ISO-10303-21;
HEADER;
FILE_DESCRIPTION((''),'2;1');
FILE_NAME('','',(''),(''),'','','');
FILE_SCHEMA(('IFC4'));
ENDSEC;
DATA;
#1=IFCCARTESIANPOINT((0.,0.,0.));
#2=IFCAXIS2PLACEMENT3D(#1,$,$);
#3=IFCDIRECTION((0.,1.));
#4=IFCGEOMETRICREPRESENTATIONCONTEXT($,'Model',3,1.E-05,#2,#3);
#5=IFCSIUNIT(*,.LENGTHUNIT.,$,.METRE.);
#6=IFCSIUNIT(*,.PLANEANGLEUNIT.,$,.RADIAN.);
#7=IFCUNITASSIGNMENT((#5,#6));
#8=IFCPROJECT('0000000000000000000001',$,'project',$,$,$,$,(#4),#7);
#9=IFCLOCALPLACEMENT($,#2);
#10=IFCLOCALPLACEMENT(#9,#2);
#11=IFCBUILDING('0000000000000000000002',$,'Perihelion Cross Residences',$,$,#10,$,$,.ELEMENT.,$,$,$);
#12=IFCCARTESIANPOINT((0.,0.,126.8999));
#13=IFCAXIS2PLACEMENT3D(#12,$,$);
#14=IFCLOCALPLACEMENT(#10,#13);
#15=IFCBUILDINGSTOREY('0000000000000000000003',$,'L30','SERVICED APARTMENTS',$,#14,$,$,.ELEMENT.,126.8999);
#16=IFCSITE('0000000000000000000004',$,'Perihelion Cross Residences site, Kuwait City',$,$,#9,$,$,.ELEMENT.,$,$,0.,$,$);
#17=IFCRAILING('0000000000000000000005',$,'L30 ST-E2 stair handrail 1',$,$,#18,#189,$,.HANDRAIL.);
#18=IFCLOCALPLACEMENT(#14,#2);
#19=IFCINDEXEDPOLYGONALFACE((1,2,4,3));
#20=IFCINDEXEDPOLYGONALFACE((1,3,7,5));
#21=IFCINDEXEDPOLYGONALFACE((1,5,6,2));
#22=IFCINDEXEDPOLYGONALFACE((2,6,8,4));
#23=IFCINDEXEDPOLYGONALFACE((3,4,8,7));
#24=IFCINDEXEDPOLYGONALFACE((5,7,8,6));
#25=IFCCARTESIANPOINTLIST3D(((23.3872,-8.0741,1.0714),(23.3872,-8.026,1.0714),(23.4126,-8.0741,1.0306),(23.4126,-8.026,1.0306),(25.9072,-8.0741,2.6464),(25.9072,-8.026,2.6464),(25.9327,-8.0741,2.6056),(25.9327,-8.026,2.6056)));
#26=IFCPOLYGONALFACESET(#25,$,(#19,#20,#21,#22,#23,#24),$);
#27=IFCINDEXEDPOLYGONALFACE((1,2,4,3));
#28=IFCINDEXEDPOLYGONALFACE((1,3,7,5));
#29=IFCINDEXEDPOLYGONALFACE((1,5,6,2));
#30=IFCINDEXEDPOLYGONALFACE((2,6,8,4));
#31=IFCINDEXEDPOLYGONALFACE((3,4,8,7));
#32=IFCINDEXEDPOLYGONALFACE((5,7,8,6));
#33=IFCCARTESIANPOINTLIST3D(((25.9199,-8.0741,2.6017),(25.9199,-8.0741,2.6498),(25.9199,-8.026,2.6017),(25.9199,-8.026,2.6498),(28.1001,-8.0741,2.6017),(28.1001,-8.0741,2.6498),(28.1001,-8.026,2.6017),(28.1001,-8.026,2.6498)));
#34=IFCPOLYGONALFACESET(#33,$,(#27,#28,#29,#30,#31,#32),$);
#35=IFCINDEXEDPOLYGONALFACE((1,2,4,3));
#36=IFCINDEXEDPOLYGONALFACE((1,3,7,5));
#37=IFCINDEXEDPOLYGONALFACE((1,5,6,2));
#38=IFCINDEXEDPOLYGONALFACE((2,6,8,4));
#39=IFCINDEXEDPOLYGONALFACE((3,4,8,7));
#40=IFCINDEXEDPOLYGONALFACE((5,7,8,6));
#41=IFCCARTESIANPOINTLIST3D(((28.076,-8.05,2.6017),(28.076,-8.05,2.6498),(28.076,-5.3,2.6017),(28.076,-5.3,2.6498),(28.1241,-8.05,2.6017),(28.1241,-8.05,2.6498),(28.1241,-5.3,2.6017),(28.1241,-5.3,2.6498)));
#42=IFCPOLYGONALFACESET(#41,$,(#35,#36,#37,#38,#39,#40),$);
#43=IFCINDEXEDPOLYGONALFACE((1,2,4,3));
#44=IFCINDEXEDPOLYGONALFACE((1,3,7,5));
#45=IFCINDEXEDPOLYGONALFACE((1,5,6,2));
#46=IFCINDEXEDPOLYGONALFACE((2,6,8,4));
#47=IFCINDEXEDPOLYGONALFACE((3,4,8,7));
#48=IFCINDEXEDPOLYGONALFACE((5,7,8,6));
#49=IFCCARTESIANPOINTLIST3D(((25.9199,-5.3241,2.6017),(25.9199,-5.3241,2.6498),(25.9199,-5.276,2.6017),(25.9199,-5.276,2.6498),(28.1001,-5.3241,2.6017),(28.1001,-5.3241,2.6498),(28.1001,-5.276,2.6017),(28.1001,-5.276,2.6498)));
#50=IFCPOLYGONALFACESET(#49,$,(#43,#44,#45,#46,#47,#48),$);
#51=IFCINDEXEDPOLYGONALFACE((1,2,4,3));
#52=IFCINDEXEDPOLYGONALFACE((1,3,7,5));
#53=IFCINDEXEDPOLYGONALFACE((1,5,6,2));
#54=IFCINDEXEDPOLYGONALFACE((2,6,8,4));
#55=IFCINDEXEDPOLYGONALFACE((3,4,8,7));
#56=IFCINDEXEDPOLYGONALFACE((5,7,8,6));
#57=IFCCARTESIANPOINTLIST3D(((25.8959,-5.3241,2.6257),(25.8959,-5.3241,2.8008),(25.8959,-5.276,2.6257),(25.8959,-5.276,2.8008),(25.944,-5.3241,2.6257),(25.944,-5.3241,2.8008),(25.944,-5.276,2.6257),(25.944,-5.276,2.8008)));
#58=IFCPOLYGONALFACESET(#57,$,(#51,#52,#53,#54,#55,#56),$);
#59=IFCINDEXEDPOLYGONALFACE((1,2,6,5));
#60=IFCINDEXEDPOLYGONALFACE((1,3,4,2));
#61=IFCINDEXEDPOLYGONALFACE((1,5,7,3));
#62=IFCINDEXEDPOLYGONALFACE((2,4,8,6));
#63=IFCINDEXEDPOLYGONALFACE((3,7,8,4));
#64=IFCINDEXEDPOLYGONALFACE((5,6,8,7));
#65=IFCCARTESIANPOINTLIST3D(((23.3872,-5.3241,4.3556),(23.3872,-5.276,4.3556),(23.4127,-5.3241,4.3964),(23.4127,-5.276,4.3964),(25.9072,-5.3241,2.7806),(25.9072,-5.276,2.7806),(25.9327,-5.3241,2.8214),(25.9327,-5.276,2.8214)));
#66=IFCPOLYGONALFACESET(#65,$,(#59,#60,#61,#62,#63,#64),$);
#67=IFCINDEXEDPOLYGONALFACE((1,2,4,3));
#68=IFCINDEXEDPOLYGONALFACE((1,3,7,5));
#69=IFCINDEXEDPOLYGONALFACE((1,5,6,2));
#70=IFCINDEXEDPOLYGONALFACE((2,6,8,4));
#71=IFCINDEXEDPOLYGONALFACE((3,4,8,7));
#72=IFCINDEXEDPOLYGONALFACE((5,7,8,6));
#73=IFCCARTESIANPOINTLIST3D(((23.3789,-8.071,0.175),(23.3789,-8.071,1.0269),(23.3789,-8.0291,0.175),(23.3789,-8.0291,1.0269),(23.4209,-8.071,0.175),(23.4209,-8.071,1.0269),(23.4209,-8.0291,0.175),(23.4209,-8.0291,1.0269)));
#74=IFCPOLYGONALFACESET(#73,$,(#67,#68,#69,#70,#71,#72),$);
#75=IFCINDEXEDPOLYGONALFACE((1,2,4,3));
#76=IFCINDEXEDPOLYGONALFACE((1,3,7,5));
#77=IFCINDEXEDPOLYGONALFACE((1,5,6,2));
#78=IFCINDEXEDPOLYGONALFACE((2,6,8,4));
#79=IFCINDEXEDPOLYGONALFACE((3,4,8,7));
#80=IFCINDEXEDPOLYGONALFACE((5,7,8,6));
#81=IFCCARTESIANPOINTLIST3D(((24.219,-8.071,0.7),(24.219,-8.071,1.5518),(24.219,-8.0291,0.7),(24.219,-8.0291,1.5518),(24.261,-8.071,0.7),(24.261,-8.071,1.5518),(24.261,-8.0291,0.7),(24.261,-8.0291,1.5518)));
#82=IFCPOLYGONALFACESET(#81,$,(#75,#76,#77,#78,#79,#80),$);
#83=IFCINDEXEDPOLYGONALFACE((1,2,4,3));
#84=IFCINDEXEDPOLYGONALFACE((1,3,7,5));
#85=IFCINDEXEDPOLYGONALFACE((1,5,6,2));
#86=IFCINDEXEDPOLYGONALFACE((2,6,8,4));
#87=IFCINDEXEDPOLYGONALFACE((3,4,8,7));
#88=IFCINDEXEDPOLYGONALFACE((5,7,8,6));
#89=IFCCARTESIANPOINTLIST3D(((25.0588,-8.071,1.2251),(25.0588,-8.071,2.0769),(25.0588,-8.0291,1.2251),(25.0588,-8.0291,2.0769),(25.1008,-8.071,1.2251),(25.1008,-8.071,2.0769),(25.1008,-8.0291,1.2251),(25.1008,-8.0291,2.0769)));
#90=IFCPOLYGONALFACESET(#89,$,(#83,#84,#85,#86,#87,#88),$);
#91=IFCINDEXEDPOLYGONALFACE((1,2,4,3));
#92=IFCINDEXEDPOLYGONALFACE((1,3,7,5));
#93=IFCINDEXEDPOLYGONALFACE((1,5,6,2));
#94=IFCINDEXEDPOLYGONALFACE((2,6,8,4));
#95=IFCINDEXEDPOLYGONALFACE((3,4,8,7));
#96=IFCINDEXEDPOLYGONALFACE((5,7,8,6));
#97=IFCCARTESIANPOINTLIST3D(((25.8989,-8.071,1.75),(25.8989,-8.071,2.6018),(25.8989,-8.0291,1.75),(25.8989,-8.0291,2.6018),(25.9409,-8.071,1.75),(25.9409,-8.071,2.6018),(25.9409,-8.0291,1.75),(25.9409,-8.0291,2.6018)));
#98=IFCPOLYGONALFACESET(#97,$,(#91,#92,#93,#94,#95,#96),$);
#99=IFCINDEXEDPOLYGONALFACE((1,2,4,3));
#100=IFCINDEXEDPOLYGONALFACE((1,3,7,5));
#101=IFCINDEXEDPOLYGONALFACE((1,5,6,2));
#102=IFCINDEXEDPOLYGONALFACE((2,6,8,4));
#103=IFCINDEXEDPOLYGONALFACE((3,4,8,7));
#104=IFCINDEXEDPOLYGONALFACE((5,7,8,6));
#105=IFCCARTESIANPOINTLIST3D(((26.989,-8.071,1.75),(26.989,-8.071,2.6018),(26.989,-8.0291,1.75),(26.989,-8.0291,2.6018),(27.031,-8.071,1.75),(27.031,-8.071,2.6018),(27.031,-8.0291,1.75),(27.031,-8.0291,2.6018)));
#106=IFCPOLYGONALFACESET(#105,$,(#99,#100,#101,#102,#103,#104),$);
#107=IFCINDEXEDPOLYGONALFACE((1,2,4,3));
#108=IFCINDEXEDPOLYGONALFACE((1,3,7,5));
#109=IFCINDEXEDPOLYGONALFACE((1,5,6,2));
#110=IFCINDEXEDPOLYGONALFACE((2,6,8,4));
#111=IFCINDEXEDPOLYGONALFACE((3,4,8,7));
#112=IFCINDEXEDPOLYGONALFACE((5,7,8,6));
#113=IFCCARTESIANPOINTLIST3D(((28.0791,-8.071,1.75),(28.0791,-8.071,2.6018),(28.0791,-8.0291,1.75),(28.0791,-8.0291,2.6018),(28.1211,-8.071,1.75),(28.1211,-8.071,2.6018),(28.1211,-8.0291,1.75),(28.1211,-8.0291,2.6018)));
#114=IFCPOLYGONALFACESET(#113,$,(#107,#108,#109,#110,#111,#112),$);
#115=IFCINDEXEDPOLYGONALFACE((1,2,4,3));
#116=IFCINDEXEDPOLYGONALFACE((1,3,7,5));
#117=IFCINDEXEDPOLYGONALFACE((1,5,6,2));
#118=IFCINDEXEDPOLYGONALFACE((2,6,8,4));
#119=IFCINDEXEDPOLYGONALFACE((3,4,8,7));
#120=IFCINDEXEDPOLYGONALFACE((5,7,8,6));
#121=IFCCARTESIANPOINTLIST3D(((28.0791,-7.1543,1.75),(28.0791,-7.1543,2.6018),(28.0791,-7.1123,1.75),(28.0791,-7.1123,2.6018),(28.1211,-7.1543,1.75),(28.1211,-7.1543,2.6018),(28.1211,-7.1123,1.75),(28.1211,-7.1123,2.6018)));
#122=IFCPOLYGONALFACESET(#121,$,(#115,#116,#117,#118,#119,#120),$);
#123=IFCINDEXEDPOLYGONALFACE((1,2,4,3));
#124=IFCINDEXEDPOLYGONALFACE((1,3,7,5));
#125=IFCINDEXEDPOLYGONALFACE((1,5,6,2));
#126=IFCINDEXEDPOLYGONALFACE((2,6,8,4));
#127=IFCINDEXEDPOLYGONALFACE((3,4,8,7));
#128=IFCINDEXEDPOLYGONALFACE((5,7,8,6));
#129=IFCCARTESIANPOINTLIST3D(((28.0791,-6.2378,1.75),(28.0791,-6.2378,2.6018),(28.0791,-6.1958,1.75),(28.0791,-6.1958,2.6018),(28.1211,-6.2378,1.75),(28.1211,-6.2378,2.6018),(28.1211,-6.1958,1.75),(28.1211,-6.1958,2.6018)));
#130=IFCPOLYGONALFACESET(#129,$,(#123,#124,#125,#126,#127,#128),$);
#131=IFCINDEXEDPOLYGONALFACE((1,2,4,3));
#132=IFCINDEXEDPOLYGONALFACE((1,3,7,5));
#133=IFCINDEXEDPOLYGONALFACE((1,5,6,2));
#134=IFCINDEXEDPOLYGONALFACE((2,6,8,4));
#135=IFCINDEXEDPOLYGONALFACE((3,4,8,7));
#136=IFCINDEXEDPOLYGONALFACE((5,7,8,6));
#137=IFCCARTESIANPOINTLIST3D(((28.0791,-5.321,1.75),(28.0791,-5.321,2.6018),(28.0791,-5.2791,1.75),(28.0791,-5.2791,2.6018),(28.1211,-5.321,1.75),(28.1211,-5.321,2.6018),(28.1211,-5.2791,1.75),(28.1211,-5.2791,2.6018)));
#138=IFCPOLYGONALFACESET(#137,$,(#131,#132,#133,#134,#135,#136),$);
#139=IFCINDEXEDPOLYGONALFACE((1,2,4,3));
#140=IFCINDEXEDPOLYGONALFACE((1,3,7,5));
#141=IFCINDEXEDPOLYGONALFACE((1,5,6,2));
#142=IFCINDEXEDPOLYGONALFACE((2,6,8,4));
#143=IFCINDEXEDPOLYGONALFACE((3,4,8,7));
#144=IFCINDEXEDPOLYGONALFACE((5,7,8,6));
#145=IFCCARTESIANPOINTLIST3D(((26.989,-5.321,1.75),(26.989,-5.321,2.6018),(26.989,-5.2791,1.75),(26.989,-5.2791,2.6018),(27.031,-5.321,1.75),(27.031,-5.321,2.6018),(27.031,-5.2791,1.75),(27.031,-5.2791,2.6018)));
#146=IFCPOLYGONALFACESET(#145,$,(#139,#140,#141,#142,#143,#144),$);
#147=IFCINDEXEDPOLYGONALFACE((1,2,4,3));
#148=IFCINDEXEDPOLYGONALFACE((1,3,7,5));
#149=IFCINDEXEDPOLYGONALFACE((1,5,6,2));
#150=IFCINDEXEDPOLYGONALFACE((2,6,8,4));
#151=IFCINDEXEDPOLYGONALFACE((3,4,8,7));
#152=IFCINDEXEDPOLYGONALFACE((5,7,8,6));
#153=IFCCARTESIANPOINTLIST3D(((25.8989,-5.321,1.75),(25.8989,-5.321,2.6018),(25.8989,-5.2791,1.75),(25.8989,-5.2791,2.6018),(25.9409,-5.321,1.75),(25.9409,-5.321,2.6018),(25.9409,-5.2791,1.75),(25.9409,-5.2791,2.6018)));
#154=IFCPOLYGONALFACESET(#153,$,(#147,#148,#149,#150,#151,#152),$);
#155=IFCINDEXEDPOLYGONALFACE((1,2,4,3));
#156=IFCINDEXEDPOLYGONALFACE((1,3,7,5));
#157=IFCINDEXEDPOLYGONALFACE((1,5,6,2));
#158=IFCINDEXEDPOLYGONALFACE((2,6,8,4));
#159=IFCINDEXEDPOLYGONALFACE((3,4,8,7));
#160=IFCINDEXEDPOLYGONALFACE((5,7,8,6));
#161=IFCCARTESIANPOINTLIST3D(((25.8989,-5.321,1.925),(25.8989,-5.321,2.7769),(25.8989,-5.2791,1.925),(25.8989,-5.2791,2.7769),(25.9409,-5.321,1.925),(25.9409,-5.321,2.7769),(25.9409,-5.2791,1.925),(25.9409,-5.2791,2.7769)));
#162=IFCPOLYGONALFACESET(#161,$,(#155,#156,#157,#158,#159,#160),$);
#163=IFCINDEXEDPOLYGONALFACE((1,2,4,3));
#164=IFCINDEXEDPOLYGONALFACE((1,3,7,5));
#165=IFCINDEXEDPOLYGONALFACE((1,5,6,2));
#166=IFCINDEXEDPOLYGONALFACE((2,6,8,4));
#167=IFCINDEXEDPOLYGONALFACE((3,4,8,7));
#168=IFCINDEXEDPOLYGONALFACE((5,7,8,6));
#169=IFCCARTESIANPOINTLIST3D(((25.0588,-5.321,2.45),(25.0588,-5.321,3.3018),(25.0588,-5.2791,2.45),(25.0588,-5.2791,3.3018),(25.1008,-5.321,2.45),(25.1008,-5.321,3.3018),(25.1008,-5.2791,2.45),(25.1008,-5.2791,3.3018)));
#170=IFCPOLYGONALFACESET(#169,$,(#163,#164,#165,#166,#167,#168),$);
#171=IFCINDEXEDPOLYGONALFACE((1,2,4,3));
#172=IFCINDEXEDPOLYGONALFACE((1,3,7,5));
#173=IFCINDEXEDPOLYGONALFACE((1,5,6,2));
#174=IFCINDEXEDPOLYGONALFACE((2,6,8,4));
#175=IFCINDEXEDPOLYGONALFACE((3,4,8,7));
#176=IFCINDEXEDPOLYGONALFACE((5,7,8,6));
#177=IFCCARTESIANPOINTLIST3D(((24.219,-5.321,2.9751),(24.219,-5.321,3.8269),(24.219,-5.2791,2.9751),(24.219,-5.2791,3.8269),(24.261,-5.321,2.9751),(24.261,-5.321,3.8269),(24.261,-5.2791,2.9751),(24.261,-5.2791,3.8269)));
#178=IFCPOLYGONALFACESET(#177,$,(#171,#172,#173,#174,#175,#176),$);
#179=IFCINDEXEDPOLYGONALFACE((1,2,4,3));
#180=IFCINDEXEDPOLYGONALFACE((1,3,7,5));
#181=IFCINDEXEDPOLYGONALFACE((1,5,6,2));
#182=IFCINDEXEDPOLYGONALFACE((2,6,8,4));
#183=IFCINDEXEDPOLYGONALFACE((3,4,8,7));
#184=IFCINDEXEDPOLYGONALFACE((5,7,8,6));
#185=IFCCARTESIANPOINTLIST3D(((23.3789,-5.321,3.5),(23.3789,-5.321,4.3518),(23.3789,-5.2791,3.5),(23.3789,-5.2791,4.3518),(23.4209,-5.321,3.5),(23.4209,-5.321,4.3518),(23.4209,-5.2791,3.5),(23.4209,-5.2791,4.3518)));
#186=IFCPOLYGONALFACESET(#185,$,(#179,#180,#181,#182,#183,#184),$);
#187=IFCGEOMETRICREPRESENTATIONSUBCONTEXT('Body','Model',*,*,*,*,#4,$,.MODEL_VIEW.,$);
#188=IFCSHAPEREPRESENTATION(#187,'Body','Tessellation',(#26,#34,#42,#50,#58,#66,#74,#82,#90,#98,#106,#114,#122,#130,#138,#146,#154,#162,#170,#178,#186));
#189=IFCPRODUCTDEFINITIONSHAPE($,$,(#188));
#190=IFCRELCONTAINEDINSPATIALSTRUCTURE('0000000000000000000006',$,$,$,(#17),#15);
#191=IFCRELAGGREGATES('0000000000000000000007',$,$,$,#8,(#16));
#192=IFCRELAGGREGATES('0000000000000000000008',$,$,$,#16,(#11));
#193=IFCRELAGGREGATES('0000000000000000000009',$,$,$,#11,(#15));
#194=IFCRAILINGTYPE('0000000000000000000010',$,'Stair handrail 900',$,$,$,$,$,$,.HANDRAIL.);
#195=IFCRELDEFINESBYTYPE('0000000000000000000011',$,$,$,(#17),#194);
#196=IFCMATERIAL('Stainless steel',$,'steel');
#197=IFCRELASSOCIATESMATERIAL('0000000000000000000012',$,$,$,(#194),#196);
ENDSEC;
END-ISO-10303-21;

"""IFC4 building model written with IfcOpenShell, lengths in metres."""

from ifc_helpers import new_model, si_unit, direction, frame, origin, origin_2d, place, context, subcontext, project, spatial, rectangle, extrude, material, type_object, element, save


model = new_model("IFC4")

# Units and contexts
model_context = context("Model", 3, precision=1e-05, world=origin(), true_north=direction((0.0, 1.0)))
body_context = subcontext(model_context, "Body", "Model", "MODEL_VIEW")
ifc_project = project(units=[si_unit("LENGTHUNIT", "METRE"), si_unit("PLANEANGLEUNIT", "RADIAN")], contexts=[model_context])

# Site, building, storey
site_placement = place(None, origin())
site = spatial("IfcSite", under=ifc_project, at=site_placement, Name="Perihelion Cross Residences site, Kuwait City", CompositionType="ELEMENT", RefElevation=0.0)
building_placement = place(site_placement, origin())
building = spatial("IfcBuilding", under=site, at=building_placement, Name="Perihelion Cross Residences", CompositionType="ELEMENT")
storey_placement = place(building_placement, frame((0.0, 0.0, 126.8999)))
storey = spatial("IfcBuildingStorey", under=building, at=storey_placement, Name="L30", Description="SERVICED APARTMENTS", CompositionType="ELEMENT", Elevation=126.8999)

# Railing
ifc_material_1 = material(Name="Stainless steel", Category="steel")
railing_type_1 = type_object("IfcRailingType", Name="Stair handrail 900", PredefinedType="HANDRAIL", material=ifc_material_1)
railing_1_placement = place(storey_placement, frame((23.3999, -8.05, 0.175)))
element("IfcRailing", 1, at=railing_1_placement, inside=storey, type_object=railing_type_1, Name="L30 ST-E2 stair handrail 1", PredefinedType="HANDRAIL", context=body_context, shape_type="SweptSolid", body=[
    extrude(rectangle(XDim=0.0481, YDim=0.0481, at=origin_2d()), frame((0.0, 0.0, 0.876), z_axis=(0.848008, 0.0, 0.529984), x_axis=(0.0, 1.0, 0.0)), (0.0, 0.0, 1.0), 2.9717),
    extrude(rectangle(XDim=0.0481, YDim=0.0481, at=origin_2d()), frame((2.52, 0.0, 2.4507), z_axis=(1.0, 0.0, 0.0), x_axis=(0.0, 1.0, 0.0)), (0.0, 0.0, 1.0), 2.1802),
    extrude(rectangle(XDim=0.0481, YDim=0.0481, at=origin_2d()), frame((4.7002, 0.0, 2.4507), z_axis=(0.0, 1.0, 0.0), x_axis=(-1.0, 0.0, 0.0)), (0.0, 0.0, 1.0), 2.75),
    extrude(rectangle(XDim=0.0481, YDim=0.0481, at=origin_2d()), frame((4.7002, 2.75, 2.4507), z_axis=(-1.0, 0.0, 0.0), x_axis=(0.0, -1.0, 0.0)), (0.0, 0.0, 1.0), 2.1802),
    extrude(rectangle(XDim=0.0481, YDim=0.0481, at=origin_2d()), frame((2.52, 2.75, 2.4507), z_axis=(0.0, 0.0, 1.0), x_axis=(1.0, 0.0, 0.0)), (0.0, 0.0, 1.0), 0.175),
    extrude(rectangle(XDim=0.0481, YDim=0.0481, at=origin_2d()), frame((2.52, 2.75, 2.626), z_axis=(-0.848008, 0.0, 0.529984), x_axis=(0.0, -1.0, 0.0)), (0.0, 0.0, 1.0), 2.9717),
    extrude(rectangle(XDim=0.042, YDim=0.042, at=origin_2d()), origin(), (0.0, 0.0, 1.0), 0.8518),
    extrude(rectangle(XDim=0.042, YDim=0.042, at=origin_2d()), frame((0.8401, 0.0, 0.5249)), (0.0, 0.0, 1.0), 0.8518),
    extrude(rectangle(XDim=0.042, YDim=0.042, at=origin_2d()), frame((1.6799, 0.0, 1.05)), (0.0, 0.0, 1.0), 0.8518),
    extrude(rectangle(XDim=0.042, YDim=0.042, at=origin_2d()), frame((2.52, 0.0, 1.575)), (0.0, 0.0, 1.0), 0.8518),
    extrude(rectangle(XDim=0.042, YDim=0.042, at=origin_2d()), frame((3.6101, 0.0, 1.575)), (0.0, 0.0, 1.0), 0.8518),
    extrude(rectangle(XDim=0.042, YDim=0.042, at=origin_2d()), frame((4.7002, 0.0, 1.575)), (0.0, 0.0, 1.0), 0.8518),
    extrude(rectangle(XDim=0.042, YDim=0.042, at=origin_2d()), frame((4.7002, 0.9167, 1.575)), (0.0, 0.0, 1.0), 0.8518),
    extrude(rectangle(XDim=0.042, YDim=0.042, at=origin_2d()), frame((4.7002, 1.8333, 1.575)), (0.0, 0.0, 1.0), 0.8518),
    extrude(rectangle(XDim=0.042, YDim=0.042, at=origin_2d()), frame((4.7002, 2.75, 1.575)), (0.0, 0.0, 1.0), 0.8518),
    extrude(rectangle(XDim=0.042, YDim=0.042, at=origin_2d()), frame((3.6101, 2.75, 1.575)), (0.0, 0.0, 1.0), 0.8518),
    extrude(rectangle(XDim=0.042, YDim=0.042, at=origin_2d()), frame((2.52, 2.75, 1.575)), (0.0, 0.0, 1.0), 0.8518),
    extrude(rectangle(XDim=0.042, YDim=0.042, at=origin_2d()), frame((2.52, 2.75, 1.75)), (0.0, 0.0, 1.0), 0.8518),
    extrude(rectangle(XDim=0.042, YDim=0.042, at=origin_2d()), frame((1.6799, 2.75, 2.2749)), (0.0, 0.0, 1.0), 0.8518),
    extrude(rectangle(XDim=0.042, YDim=0.042, at=origin_2d()), frame((0.8401, 2.75, 2.8)), (0.0, 0.0, 1.0), 0.8518),
    extrude(rectangle(XDim=0.042, YDim=0.042, at=origin_2d()), frame((0.0, 2.75, 3.325)), (0.0, 0.0, 1.0), 0.8518),
])

save(model, "model.ifc")
